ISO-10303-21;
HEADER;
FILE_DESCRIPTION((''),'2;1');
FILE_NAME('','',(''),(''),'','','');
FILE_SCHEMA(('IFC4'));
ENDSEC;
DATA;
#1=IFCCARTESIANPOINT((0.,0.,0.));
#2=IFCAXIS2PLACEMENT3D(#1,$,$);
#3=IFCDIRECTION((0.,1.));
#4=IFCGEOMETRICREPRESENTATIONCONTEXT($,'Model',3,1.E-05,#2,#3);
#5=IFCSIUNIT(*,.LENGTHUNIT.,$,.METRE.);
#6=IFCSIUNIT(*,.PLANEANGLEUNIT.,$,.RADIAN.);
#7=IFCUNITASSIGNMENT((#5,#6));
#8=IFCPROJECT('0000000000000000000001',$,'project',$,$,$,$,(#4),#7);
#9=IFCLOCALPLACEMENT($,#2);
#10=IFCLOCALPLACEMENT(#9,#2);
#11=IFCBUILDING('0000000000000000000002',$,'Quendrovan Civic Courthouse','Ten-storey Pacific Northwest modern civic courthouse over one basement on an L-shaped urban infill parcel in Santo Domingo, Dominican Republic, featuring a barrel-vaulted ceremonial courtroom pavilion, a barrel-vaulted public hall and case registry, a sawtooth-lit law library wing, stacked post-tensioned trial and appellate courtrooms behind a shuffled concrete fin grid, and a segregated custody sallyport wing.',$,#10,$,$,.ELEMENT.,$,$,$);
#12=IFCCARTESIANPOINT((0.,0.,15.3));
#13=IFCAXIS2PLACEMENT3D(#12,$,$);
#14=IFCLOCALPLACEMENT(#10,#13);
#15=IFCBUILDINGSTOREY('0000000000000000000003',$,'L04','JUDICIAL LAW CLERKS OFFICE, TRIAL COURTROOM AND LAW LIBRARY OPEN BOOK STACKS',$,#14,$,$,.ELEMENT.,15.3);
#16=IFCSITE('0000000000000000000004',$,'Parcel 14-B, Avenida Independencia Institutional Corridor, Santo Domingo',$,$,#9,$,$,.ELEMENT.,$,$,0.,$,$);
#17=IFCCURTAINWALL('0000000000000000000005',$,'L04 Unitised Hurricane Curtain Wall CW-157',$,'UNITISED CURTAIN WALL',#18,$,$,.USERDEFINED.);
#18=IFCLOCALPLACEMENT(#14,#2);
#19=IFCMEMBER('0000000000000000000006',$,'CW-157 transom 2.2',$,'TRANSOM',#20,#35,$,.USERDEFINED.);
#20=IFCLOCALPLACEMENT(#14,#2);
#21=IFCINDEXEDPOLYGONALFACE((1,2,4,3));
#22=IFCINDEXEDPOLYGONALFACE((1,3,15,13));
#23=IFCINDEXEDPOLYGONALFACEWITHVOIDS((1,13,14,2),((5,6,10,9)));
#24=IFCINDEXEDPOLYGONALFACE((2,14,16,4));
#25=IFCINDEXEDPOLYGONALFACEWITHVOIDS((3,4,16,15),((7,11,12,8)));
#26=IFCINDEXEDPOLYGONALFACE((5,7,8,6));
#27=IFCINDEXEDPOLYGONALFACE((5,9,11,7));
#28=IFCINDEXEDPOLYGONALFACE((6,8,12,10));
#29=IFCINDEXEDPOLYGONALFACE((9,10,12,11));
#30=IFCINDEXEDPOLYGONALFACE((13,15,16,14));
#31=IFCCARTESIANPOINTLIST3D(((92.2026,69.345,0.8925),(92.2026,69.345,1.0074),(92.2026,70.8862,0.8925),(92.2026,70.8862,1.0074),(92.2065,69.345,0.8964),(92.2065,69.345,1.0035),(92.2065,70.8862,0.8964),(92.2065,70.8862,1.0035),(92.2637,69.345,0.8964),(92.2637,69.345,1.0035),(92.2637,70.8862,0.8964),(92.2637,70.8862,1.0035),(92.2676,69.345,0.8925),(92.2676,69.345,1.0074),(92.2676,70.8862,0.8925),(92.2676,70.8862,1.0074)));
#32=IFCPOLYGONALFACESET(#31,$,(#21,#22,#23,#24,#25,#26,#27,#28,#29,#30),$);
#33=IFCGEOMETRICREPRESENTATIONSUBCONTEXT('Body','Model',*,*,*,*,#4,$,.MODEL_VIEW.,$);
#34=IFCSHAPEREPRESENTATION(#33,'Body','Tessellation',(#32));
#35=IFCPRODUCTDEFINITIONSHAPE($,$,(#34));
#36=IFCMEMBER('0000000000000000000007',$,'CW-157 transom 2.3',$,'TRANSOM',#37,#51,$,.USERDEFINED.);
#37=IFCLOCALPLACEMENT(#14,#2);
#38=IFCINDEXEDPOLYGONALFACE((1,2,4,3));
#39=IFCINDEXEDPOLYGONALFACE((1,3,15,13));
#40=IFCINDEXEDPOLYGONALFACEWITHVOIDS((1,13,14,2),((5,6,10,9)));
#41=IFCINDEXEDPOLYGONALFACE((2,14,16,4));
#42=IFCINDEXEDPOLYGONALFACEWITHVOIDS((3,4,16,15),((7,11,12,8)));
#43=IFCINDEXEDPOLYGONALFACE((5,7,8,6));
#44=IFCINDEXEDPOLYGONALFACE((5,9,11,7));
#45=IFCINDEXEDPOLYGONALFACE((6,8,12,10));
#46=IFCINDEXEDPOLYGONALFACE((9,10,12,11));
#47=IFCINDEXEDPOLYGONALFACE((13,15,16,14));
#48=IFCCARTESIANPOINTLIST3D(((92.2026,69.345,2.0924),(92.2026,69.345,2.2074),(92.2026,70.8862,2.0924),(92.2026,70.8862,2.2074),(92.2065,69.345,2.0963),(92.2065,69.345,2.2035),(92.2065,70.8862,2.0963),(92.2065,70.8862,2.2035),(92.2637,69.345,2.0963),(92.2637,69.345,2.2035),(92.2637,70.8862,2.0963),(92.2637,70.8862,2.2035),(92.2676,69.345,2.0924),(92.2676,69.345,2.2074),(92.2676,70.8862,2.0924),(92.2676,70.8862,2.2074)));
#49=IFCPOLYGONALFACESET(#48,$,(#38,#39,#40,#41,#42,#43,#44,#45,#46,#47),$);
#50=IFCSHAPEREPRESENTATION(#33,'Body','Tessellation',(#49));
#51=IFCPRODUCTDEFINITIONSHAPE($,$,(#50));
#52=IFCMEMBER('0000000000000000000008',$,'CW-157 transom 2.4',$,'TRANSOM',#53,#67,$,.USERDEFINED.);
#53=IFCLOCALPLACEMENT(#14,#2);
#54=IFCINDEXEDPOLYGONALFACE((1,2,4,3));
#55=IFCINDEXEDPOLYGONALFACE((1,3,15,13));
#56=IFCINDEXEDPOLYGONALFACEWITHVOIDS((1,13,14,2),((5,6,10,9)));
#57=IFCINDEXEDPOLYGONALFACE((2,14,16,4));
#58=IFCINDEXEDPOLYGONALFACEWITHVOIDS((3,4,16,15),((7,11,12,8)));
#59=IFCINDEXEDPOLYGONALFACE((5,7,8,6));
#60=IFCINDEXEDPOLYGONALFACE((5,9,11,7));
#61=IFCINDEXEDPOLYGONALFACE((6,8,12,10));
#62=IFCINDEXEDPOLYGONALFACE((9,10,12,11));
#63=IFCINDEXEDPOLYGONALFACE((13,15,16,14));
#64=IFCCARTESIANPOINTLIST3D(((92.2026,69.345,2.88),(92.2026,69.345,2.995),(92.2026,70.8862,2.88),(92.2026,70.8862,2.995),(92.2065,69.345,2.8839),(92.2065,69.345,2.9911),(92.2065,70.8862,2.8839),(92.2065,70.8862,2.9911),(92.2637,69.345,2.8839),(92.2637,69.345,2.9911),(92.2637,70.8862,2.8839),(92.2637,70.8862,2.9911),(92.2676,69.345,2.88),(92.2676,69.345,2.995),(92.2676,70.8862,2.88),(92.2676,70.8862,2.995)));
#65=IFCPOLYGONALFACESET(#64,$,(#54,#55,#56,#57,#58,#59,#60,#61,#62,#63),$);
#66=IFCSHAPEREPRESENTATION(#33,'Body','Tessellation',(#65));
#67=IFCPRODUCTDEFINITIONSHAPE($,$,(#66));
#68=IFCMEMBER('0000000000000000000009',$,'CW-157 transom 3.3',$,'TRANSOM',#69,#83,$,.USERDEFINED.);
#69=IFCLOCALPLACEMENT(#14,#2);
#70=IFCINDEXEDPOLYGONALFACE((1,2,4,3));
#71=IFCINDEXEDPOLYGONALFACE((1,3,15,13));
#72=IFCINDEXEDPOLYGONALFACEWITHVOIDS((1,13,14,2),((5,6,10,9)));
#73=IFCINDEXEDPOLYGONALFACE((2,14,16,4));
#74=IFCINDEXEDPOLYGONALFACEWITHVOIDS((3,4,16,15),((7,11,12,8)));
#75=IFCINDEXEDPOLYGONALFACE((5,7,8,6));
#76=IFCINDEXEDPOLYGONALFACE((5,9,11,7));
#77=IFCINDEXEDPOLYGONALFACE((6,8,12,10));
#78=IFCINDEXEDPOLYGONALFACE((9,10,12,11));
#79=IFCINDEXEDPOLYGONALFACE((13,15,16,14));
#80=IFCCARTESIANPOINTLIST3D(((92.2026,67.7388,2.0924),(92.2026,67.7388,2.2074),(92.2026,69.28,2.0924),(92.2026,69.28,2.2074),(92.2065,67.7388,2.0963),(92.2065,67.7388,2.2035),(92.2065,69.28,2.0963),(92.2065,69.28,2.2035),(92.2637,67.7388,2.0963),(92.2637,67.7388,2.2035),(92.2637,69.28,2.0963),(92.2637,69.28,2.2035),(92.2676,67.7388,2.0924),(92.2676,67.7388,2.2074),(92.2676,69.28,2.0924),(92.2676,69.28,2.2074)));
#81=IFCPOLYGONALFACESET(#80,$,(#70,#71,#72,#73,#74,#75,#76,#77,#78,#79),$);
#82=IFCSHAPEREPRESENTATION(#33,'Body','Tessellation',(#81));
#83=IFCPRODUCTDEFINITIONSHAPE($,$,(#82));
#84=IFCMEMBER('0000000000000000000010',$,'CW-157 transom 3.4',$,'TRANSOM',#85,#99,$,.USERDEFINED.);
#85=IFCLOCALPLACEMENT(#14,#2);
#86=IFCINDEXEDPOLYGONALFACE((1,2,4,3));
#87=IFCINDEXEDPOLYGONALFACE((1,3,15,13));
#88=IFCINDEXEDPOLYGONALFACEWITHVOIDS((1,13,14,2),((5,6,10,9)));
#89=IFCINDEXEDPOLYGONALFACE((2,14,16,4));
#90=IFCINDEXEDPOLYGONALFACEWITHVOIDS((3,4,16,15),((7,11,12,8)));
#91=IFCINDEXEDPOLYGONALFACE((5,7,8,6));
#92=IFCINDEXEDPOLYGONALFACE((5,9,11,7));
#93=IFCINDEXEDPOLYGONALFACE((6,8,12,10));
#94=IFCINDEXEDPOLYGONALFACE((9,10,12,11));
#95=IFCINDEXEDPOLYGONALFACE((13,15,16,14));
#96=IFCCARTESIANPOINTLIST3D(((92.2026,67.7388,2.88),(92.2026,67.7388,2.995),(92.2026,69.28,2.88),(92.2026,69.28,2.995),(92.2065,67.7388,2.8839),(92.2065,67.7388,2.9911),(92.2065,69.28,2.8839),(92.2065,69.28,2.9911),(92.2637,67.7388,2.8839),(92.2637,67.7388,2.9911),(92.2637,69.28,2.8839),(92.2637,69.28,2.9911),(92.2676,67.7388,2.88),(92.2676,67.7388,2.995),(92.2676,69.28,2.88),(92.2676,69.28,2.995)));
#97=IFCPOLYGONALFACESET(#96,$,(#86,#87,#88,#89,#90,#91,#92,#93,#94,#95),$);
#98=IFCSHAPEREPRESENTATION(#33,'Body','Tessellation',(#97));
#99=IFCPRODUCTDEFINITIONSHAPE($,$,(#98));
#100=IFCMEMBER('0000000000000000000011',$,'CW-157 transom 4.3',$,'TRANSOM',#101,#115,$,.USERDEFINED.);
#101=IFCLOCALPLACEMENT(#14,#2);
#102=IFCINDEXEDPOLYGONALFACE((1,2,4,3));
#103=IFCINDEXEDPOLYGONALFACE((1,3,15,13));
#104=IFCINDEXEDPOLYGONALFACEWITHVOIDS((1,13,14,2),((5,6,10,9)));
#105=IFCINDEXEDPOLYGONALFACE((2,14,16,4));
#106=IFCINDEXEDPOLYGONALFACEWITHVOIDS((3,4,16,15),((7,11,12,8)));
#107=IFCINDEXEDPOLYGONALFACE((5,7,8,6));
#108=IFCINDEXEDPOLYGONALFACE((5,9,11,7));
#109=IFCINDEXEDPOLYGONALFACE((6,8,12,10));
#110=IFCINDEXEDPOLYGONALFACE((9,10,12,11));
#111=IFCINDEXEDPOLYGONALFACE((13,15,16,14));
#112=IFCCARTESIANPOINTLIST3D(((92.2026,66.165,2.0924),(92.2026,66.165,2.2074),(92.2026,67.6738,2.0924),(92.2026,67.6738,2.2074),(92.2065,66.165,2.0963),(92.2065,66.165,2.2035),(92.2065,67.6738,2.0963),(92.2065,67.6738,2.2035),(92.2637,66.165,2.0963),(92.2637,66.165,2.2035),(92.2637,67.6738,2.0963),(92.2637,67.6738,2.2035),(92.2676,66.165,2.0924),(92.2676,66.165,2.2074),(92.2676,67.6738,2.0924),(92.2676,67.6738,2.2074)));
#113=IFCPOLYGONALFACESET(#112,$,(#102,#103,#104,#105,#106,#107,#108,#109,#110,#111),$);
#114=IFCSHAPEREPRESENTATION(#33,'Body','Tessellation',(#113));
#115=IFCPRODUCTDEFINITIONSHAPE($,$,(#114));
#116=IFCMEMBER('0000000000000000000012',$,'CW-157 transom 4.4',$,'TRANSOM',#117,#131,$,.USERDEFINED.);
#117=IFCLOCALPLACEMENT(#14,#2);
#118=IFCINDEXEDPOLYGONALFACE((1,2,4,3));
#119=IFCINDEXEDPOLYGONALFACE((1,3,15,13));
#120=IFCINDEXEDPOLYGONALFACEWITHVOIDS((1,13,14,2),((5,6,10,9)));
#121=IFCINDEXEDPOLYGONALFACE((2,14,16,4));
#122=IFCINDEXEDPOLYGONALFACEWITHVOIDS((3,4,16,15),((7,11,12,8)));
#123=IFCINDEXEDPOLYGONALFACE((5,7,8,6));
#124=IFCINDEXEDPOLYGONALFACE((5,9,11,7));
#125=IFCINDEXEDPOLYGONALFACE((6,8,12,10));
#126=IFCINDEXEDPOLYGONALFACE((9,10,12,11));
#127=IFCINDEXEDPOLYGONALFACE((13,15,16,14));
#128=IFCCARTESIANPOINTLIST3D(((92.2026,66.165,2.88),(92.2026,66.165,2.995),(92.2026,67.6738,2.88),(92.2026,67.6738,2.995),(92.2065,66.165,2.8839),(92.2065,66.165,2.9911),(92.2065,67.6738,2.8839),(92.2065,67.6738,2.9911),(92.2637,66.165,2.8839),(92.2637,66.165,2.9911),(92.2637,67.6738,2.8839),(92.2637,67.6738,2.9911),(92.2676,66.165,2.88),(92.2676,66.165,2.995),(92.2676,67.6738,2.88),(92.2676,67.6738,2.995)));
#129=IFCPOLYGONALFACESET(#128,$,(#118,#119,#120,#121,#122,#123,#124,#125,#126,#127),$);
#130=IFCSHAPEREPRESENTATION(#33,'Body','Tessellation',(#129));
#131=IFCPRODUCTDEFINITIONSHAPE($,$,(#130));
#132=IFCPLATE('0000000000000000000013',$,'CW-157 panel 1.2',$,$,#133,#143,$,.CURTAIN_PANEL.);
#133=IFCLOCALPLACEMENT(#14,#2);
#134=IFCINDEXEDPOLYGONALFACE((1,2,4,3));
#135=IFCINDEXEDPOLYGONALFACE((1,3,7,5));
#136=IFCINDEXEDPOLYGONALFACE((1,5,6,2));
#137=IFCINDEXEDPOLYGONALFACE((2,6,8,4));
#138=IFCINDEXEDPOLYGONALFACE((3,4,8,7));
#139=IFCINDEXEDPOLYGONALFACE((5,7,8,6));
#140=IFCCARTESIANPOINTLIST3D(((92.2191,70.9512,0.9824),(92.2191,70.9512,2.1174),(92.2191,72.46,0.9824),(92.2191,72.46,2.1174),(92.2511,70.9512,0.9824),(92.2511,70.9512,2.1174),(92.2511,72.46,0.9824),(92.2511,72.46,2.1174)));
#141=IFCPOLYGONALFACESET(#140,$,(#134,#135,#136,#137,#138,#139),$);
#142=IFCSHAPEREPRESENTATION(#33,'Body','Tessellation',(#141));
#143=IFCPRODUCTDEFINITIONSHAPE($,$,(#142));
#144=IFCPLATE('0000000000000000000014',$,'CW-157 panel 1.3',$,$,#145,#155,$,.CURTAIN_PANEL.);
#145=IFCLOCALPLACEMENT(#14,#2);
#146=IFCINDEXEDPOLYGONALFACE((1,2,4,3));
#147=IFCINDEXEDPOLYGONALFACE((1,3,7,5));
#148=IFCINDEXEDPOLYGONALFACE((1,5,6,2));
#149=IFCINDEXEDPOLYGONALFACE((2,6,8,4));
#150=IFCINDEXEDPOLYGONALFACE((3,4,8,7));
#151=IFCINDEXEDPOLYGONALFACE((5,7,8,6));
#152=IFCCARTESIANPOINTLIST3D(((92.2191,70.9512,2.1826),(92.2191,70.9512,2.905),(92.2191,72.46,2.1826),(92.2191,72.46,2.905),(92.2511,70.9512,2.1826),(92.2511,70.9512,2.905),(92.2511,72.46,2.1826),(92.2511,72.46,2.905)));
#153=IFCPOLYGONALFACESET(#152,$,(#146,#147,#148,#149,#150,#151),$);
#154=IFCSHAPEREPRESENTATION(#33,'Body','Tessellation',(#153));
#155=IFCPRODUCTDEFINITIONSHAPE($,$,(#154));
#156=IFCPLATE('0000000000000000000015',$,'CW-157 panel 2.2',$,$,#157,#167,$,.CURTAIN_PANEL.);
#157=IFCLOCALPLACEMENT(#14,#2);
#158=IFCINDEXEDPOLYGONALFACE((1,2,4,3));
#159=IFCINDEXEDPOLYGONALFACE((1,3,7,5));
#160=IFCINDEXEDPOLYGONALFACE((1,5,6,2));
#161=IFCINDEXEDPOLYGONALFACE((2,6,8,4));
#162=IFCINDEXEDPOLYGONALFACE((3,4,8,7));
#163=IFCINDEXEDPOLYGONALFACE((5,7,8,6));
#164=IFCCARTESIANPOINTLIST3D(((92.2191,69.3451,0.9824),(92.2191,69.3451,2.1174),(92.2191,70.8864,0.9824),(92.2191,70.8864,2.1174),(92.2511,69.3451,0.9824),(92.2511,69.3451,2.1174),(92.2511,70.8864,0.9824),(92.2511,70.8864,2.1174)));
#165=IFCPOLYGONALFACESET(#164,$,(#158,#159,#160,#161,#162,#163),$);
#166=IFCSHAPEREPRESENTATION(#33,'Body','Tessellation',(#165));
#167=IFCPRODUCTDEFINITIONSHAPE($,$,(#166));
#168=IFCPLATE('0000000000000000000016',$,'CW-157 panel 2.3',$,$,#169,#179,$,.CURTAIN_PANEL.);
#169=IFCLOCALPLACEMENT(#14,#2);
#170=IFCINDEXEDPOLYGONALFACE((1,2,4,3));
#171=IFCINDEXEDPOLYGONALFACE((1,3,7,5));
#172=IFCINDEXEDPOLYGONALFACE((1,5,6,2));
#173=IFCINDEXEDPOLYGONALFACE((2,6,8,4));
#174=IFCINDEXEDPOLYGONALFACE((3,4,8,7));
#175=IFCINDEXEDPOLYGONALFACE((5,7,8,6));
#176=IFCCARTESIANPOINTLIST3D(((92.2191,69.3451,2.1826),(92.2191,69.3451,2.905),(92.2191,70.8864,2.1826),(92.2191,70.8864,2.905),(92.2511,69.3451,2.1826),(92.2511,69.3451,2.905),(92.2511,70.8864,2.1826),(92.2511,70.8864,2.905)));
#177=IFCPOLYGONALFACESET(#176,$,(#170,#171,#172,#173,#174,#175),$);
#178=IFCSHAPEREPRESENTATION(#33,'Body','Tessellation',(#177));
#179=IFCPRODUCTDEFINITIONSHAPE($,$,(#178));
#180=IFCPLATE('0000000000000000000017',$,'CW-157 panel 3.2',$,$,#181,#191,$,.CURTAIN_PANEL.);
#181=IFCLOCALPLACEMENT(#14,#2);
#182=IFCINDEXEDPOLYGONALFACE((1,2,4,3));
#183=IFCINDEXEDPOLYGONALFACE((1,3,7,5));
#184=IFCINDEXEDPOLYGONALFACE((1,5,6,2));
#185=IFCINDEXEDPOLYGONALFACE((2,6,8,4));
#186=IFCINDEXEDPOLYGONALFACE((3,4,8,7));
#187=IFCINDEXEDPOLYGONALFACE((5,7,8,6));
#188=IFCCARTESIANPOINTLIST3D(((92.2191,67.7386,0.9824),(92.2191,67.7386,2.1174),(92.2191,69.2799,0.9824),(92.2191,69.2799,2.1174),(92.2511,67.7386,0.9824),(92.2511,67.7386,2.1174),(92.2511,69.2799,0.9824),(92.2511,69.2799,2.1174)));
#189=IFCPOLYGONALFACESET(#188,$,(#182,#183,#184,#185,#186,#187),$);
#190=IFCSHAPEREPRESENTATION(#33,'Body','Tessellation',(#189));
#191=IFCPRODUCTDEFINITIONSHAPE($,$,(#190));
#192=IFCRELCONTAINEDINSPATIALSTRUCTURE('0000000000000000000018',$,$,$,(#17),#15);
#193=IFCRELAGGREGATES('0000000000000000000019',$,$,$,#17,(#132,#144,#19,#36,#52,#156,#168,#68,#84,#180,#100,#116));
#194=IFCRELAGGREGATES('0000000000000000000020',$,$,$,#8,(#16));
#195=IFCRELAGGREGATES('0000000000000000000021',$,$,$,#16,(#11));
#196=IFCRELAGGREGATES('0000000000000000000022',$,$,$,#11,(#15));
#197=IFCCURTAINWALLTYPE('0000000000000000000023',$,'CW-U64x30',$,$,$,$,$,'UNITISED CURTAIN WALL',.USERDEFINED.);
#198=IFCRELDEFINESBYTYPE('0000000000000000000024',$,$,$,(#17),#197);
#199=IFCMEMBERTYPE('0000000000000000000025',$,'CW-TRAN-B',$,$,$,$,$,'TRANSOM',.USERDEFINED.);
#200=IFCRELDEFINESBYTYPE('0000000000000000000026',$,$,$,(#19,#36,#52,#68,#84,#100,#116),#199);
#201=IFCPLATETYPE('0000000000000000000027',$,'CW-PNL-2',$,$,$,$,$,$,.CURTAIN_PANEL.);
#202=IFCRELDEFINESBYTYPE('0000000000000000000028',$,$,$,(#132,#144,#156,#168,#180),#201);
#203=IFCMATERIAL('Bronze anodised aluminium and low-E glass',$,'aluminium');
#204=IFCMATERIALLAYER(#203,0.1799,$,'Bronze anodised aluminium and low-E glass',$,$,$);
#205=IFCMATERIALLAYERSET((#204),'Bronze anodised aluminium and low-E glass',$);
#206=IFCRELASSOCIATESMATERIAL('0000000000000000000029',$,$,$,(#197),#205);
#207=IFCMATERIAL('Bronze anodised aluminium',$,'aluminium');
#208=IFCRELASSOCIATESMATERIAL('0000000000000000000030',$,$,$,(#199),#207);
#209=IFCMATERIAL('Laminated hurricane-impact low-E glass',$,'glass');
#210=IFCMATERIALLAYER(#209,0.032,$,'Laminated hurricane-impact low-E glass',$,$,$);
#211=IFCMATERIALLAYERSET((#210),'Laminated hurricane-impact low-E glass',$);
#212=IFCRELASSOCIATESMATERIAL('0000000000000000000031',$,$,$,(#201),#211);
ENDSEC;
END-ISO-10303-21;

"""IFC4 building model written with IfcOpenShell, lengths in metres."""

from ifc_helpers import new_model, si_unit, direction, frame, origin, origin_2d, place, context, subcontext, project, spatial, rectangle, hollow_rectangle, extrude, material, layer, layer_set, material_profile, profile_set, type_object, element, aggregate, save


model = new_model("IFC4")

# Units and contexts
model_context = context("Model", 3, precision=1e-05, world=origin(), true_north=direction((0.0, 1.0)))
body_context = subcontext(model_context, "Body", "Model", "MODEL_VIEW")
ifc_project = project(units=[si_unit("LENGTHUNIT", "METRE"), si_unit("PLANEANGLEUNIT", "RADIAN")], contexts=[model_context])

# Site, building, storey
site_placement = place(None, origin())
site = spatial("IfcSite", under=ifc_project, at=site_placement, Name="Parcel 14-B, Avenida Independencia Institutional Corridor, Santo Domingo", CompositionType="ELEMENT", RefElevation=0.0)
building_placement = place(site_placement, origin())
building = spatial("IfcBuilding", under=site, at=building_placement, Name="Quendrovan Civic Courthouse", Description="Ten-storey Pacific Northwest modern civic courthouse over one basement on an L-shaped urban infill parcel in Santo Domingo, Dominican Republic, featuring a barrel-vaulted ceremonial courtroom pavilion, a barrel-vaulted public hall and case registry, a sawtooth-lit law library wing, stacked post-tensioned trial and appellate courtrooms behind a shuffled concrete fin grid, and a segregated custody sallyport wing.", CompositionType="ELEMENT")
storey_placement = place(building_placement, frame((0.0, 0.0, 15.3)))
storey = spatial("IfcBuildingStorey", under=building, at=storey_placement, Name="L04", Description="JUDICIAL LAW CLERKS OFFICE, TRIAL COURTROOM AND LAW LIBRARY OPEN BOOK STACKS", CompositionType="ELEMENT", Elevation=15.3)

# Shared definitions
ifc_material_1 = material(Name="Bronze anodised aluminium and low-E glass", Category="aluminium")
ifc_layer_1 = layer(ifc_material_1, 0.1799, Name="Bronze anodised aluminium and low-E glass")
ifc_layer_set_1 = layer_set([ifc_layer_1], Name="Bronze anodised aluminium and low-E glass")
curtain_wall_type = type_object("IfcCurtainWallType", Name="CW-U64x30", ElementType="UNITISED CURTAIN WALL", PredefinedType="USERDEFINED", material=ifc_layer_set_1)
ifc_material_2 = material(Name="Bronze anodised aluminium", Category="aluminium")

# Curtain wall, members, plates
curtain_wall_1_placement = place(storey_placement, origin())
curtain_wall_1 = element("IfcCurtainWall", 1, at=curtain_wall_1_placement, inside=storey, type_object=curtain_wall_type, Name="L04 Unitised Hurricane Curtain Wall CW-157", ObjectType="UNITISED CURTAIN WALL", PredefinedType="USERDEFINED")
ifc_material_profile_1 = material_profile(ifc_material_2, hollow_rectangle(XDim=0.0649, YDim=0.115, WallThickness=0.0039, at=origin_2d()), Name="CW-TRAN-65x115")
ifc_profile_set_1 = profile_set([ifc_material_profile_1], Name="Bronze anodised aluminium")
member_type_1 = type_object("IfcMemberType", Name="CW-TRAN-B", ElementType="TRANSOM", PredefinedType="USERDEFINED", material=ifc_profile_set_1)
member_1_placement = place(storey_placement, frame((92.2351, 70.8862, 0.95), z_axis=(0.0, -1.0, 0.0), x_axis=(1.0, 0.0, 0.0)))
member_1 = element("IfcMember", 2, at=member_1_placement, type_object=member_type_1, Name="CW-157 transom 2.2", ObjectType="TRANSOM", PredefinedType="USERDEFINED", context=body_context, shape_type="SweptSolid", body=[
    extrude(hollow_rectangle(XDim=0.0649, YDim=0.115, WallThickness=0.0039, at=origin_2d()), origin(), (0.0, 0.0, 1.0), 1.5413),
])
member_2_placement = place(storey_placement, frame((92.2351, 70.8862, 2.1499), z_axis=(0.0, -1.0, 0.0), x_axis=(1.0, 0.0, 0.0)))
member_2 = element("IfcMember", 3, at=member_2_placement, type_object=member_type_1, Name="CW-157 transom 2.3", ObjectType="TRANSOM", PredefinedType="USERDEFINED", context=body_context, shape_type="SweptSolid", body=[
    extrude(hollow_rectangle(XDim=0.0649, YDim=0.115, WallThickness=0.0039, at=origin_2d()), origin(), (0.0, 0.0, 1.0), 1.5413),
])
member_3_placement = place(storey_placement, frame((92.2351, 70.8862, 2.9375), z_axis=(0.0, -1.0, 0.0), x_axis=(1.0, 0.0, 0.0)))
member_3 = element("IfcMember", 4, at=member_3_placement, type_object=member_type_1, Name="CW-157 transom 2.4", ObjectType="TRANSOM", PredefinedType="USERDEFINED", context=body_context, shape_type="SweptSolid", body=[
    extrude(hollow_rectangle(XDim=0.0649, YDim=0.115, WallThickness=0.0039, at=origin_2d()), origin(), (0.0, 0.0, 1.0), 1.5413),
])
member_4_placement = place(storey_placement, frame((92.2351, 69.28, 2.1499), z_axis=(0.0, -1.0, 0.0), x_axis=(1.0, 0.0, 0.0)))
member_4 = element("IfcMember", 5, at=member_4_placement, type_object=member_type_1, Name="CW-157 transom 3.3", ObjectType="TRANSOM", PredefinedType="USERDEFINED", context=body_context, shape_type="SweptSolid", body=[
    extrude(hollow_rectangle(XDim=0.0649, YDim=0.115, WallThickness=0.0039, at=origin_2d()), origin(), (0.0, 0.0, 1.0), 1.5413),
])
member_5_placement = place(storey_placement, frame((92.2351, 69.28, 2.9375), z_axis=(0.0, -1.0, 0.0), x_axis=(1.0, 0.0, 0.0)))
member_5 = element("IfcMember", 6, at=member_5_placement, type_object=member_type_1, Name="CW-157 transom 3.4", ObjectType="TRANSOM", PredefinedType="USERDEFINED", context=body_context, shape_type="SweptSolid", body=[
    extrude(hollow_rectangle(XDim=0.0649, YDim=0.115, WallThickness=0.0039, at=origin_2d()), origin(), (0.0, 0.0, 1.0), 1.5413),
])
member_6_placement = place(storey_placement, frame((92.2351, 67.6738, 2.1499), z_axis=(0.0, -1.0, 0.0), x_axis=(1.0, 0.0, 0.0)))
member_6 = element("IfcMember", 7, at=member_6_placement, type_object=member_type_1, Name="CW-157 transom 4.3", ObjectType="TRANSOM", PredefinedType="USERDEFINED", context=body_context, shape_type="SweptSolid", body=[
    extrude(hollow_rectangle(XDim=0.0649, YDim=0.115, WallThickness=0.0039, at=origin_2d()), origin(), (0.0, 0.0, 1.0), 1.5088),
])
member_7_placement = place(storey_placement, frame((92.2351, 67.6738, 2.9375), z_axis=(0.0, -1.0, 0.0), x_axis=(1.0, 0.0, 0.0)))
member_7 = element("IfcMember", 8, at=member_7_placement, type_object=member_type_1, Name="CW-157 transom 4.4", ObjectType="TRANSOM", PredefinedType="USERDEFINED", context=body_context, shape_type="SweptSolid", body=[
    extrude(hollow_rectangle(XDim=0.0649, YDim=0.115, WallThickness=0.0039, at=origin_2d()), origin(), (0.0, 0.0, 1.0), 1.5088),
])
ifc_material_3 = material(Name="Laminated hurricane-impact low-E glass", Category="glass")
ifc_layer_2 = layer(ifc_material_3, 0.032, Name="Laminated hurricane-impact low-E glass")
ifc_layer_set_2 = layer_set([ifc_layer_2], Name="Laminated hurricane-impact low-E glass")
plate_type_1 = type_object("IfcPlateType", Name="CW-PNL-2", PredefinedType="CURTAIN_PANEL", material=ifc_layer_set_2)
plate_1_placement = place(storey_placement, frame((92.2351, 71.7056, 0.9824), z_axis=(0.0, 0.0, 1.0), x_axis=(0.0, -1.0, 0.0)))
plate_1 = element("IfcPlate", 9, at=plate_1_placement, type_object=plate_type_1, Name="CW-157 panel 1.2", PredefinedType="CURTAIN_PANEL", context=body_context, shape_type="SweptSolid", body=[
    extrude(rectangle(XDim=1.5088, YDim=0.032, at=origin_2d()), origin(), (0.0, 0.0, 1.0), 1.135),
])
plate_2_placement = place(storey_placement, frame((92.2351, 71.7056, 2.1826), z_axis=(0.0, 0.0, 1.0), x_axis=(0.0, -1.0, 0.0)))
plate_2 = element("IfcPlate", 10, at=plate_2_placement, type_object=plate_type_1, Name="CW-157 panel 1.3", PredefinedType="CURTAIN_PANEL", context=body_context, shape_type="SweptSolid", body=[
    extrude(rectangle(XDim=1.5088, YDim=0.032, at=origin_2d()), origin(), (0.0, 0.0, 1.0), 0.7224),
])
plate_3_placement = place(storey_placement, frame((92.2351, 70.1157, 0.9824), z_axis=(0.0, 0.0, 1.0), x_axis=(0.0, -1.0, 0.0)))
plate_3 = element("IfcPlate", 11, at=plate_3_placement, type_object=plate_type_1, Name="CW-157 panel 2.2", PredefinedType="CURTAIN_PANEL", context=body_context, shape_type="SweptSolid", body=[
    extrude(rectangle(XDim=1.5413, YDim=0.032, at=origin_2d()), origin(), (0.0, 0.0, 1.0), 1.135),
])
plate_4_placement = place(storey_placement, frame((92.2351, 70.1157, 2.1826), z_axis=(0.0, 0.0, 1.0), x_axis=(0.0, -1.0, 0.0)))
plate_4 = element("IfcPlate", 12, at=plate_4_placement, type_object=plate_type_1, Name="CW-157 panel 2.3", PredefinedType="CURTAIN_PANEL", context=body_context, shape_type="SweptSolid", body=[
    extrude(rectangle(XDim=1.5413, YDim=0.032, at=origin_2d()), origin(), (0.0, 0.0, 1.0), 0.7224),
])
plate_5_placement = place(storey_placement, frame((92.2351, 68.5093, 0.9824), z_axis=(0.0, 0.0, 1.0), x_axis=(0.0, -1.0, 0.0)))
plate_5 = element("IfcPlate", 13, at=plate_5_placement, type_object=plate_type_1, Name="CW-157 panel 3.2", PredefinedType="CURTAIN_PANEL", context=body_context, shape_type="SweptSolid", body=[
    extrude(rectangle(XDim=1.5413, YDim=0.032, at=origin_2d()), origin(), (0.0, 0.0, 1.0), 1.135),
])
aggregate(curtain_wall_1, [plate_1, plate_2, member_1, member_2, member_3, plate_3, plate_4, member_4, member_5, plate_5, member_6, member_7])

save(model, "model.ifc")
